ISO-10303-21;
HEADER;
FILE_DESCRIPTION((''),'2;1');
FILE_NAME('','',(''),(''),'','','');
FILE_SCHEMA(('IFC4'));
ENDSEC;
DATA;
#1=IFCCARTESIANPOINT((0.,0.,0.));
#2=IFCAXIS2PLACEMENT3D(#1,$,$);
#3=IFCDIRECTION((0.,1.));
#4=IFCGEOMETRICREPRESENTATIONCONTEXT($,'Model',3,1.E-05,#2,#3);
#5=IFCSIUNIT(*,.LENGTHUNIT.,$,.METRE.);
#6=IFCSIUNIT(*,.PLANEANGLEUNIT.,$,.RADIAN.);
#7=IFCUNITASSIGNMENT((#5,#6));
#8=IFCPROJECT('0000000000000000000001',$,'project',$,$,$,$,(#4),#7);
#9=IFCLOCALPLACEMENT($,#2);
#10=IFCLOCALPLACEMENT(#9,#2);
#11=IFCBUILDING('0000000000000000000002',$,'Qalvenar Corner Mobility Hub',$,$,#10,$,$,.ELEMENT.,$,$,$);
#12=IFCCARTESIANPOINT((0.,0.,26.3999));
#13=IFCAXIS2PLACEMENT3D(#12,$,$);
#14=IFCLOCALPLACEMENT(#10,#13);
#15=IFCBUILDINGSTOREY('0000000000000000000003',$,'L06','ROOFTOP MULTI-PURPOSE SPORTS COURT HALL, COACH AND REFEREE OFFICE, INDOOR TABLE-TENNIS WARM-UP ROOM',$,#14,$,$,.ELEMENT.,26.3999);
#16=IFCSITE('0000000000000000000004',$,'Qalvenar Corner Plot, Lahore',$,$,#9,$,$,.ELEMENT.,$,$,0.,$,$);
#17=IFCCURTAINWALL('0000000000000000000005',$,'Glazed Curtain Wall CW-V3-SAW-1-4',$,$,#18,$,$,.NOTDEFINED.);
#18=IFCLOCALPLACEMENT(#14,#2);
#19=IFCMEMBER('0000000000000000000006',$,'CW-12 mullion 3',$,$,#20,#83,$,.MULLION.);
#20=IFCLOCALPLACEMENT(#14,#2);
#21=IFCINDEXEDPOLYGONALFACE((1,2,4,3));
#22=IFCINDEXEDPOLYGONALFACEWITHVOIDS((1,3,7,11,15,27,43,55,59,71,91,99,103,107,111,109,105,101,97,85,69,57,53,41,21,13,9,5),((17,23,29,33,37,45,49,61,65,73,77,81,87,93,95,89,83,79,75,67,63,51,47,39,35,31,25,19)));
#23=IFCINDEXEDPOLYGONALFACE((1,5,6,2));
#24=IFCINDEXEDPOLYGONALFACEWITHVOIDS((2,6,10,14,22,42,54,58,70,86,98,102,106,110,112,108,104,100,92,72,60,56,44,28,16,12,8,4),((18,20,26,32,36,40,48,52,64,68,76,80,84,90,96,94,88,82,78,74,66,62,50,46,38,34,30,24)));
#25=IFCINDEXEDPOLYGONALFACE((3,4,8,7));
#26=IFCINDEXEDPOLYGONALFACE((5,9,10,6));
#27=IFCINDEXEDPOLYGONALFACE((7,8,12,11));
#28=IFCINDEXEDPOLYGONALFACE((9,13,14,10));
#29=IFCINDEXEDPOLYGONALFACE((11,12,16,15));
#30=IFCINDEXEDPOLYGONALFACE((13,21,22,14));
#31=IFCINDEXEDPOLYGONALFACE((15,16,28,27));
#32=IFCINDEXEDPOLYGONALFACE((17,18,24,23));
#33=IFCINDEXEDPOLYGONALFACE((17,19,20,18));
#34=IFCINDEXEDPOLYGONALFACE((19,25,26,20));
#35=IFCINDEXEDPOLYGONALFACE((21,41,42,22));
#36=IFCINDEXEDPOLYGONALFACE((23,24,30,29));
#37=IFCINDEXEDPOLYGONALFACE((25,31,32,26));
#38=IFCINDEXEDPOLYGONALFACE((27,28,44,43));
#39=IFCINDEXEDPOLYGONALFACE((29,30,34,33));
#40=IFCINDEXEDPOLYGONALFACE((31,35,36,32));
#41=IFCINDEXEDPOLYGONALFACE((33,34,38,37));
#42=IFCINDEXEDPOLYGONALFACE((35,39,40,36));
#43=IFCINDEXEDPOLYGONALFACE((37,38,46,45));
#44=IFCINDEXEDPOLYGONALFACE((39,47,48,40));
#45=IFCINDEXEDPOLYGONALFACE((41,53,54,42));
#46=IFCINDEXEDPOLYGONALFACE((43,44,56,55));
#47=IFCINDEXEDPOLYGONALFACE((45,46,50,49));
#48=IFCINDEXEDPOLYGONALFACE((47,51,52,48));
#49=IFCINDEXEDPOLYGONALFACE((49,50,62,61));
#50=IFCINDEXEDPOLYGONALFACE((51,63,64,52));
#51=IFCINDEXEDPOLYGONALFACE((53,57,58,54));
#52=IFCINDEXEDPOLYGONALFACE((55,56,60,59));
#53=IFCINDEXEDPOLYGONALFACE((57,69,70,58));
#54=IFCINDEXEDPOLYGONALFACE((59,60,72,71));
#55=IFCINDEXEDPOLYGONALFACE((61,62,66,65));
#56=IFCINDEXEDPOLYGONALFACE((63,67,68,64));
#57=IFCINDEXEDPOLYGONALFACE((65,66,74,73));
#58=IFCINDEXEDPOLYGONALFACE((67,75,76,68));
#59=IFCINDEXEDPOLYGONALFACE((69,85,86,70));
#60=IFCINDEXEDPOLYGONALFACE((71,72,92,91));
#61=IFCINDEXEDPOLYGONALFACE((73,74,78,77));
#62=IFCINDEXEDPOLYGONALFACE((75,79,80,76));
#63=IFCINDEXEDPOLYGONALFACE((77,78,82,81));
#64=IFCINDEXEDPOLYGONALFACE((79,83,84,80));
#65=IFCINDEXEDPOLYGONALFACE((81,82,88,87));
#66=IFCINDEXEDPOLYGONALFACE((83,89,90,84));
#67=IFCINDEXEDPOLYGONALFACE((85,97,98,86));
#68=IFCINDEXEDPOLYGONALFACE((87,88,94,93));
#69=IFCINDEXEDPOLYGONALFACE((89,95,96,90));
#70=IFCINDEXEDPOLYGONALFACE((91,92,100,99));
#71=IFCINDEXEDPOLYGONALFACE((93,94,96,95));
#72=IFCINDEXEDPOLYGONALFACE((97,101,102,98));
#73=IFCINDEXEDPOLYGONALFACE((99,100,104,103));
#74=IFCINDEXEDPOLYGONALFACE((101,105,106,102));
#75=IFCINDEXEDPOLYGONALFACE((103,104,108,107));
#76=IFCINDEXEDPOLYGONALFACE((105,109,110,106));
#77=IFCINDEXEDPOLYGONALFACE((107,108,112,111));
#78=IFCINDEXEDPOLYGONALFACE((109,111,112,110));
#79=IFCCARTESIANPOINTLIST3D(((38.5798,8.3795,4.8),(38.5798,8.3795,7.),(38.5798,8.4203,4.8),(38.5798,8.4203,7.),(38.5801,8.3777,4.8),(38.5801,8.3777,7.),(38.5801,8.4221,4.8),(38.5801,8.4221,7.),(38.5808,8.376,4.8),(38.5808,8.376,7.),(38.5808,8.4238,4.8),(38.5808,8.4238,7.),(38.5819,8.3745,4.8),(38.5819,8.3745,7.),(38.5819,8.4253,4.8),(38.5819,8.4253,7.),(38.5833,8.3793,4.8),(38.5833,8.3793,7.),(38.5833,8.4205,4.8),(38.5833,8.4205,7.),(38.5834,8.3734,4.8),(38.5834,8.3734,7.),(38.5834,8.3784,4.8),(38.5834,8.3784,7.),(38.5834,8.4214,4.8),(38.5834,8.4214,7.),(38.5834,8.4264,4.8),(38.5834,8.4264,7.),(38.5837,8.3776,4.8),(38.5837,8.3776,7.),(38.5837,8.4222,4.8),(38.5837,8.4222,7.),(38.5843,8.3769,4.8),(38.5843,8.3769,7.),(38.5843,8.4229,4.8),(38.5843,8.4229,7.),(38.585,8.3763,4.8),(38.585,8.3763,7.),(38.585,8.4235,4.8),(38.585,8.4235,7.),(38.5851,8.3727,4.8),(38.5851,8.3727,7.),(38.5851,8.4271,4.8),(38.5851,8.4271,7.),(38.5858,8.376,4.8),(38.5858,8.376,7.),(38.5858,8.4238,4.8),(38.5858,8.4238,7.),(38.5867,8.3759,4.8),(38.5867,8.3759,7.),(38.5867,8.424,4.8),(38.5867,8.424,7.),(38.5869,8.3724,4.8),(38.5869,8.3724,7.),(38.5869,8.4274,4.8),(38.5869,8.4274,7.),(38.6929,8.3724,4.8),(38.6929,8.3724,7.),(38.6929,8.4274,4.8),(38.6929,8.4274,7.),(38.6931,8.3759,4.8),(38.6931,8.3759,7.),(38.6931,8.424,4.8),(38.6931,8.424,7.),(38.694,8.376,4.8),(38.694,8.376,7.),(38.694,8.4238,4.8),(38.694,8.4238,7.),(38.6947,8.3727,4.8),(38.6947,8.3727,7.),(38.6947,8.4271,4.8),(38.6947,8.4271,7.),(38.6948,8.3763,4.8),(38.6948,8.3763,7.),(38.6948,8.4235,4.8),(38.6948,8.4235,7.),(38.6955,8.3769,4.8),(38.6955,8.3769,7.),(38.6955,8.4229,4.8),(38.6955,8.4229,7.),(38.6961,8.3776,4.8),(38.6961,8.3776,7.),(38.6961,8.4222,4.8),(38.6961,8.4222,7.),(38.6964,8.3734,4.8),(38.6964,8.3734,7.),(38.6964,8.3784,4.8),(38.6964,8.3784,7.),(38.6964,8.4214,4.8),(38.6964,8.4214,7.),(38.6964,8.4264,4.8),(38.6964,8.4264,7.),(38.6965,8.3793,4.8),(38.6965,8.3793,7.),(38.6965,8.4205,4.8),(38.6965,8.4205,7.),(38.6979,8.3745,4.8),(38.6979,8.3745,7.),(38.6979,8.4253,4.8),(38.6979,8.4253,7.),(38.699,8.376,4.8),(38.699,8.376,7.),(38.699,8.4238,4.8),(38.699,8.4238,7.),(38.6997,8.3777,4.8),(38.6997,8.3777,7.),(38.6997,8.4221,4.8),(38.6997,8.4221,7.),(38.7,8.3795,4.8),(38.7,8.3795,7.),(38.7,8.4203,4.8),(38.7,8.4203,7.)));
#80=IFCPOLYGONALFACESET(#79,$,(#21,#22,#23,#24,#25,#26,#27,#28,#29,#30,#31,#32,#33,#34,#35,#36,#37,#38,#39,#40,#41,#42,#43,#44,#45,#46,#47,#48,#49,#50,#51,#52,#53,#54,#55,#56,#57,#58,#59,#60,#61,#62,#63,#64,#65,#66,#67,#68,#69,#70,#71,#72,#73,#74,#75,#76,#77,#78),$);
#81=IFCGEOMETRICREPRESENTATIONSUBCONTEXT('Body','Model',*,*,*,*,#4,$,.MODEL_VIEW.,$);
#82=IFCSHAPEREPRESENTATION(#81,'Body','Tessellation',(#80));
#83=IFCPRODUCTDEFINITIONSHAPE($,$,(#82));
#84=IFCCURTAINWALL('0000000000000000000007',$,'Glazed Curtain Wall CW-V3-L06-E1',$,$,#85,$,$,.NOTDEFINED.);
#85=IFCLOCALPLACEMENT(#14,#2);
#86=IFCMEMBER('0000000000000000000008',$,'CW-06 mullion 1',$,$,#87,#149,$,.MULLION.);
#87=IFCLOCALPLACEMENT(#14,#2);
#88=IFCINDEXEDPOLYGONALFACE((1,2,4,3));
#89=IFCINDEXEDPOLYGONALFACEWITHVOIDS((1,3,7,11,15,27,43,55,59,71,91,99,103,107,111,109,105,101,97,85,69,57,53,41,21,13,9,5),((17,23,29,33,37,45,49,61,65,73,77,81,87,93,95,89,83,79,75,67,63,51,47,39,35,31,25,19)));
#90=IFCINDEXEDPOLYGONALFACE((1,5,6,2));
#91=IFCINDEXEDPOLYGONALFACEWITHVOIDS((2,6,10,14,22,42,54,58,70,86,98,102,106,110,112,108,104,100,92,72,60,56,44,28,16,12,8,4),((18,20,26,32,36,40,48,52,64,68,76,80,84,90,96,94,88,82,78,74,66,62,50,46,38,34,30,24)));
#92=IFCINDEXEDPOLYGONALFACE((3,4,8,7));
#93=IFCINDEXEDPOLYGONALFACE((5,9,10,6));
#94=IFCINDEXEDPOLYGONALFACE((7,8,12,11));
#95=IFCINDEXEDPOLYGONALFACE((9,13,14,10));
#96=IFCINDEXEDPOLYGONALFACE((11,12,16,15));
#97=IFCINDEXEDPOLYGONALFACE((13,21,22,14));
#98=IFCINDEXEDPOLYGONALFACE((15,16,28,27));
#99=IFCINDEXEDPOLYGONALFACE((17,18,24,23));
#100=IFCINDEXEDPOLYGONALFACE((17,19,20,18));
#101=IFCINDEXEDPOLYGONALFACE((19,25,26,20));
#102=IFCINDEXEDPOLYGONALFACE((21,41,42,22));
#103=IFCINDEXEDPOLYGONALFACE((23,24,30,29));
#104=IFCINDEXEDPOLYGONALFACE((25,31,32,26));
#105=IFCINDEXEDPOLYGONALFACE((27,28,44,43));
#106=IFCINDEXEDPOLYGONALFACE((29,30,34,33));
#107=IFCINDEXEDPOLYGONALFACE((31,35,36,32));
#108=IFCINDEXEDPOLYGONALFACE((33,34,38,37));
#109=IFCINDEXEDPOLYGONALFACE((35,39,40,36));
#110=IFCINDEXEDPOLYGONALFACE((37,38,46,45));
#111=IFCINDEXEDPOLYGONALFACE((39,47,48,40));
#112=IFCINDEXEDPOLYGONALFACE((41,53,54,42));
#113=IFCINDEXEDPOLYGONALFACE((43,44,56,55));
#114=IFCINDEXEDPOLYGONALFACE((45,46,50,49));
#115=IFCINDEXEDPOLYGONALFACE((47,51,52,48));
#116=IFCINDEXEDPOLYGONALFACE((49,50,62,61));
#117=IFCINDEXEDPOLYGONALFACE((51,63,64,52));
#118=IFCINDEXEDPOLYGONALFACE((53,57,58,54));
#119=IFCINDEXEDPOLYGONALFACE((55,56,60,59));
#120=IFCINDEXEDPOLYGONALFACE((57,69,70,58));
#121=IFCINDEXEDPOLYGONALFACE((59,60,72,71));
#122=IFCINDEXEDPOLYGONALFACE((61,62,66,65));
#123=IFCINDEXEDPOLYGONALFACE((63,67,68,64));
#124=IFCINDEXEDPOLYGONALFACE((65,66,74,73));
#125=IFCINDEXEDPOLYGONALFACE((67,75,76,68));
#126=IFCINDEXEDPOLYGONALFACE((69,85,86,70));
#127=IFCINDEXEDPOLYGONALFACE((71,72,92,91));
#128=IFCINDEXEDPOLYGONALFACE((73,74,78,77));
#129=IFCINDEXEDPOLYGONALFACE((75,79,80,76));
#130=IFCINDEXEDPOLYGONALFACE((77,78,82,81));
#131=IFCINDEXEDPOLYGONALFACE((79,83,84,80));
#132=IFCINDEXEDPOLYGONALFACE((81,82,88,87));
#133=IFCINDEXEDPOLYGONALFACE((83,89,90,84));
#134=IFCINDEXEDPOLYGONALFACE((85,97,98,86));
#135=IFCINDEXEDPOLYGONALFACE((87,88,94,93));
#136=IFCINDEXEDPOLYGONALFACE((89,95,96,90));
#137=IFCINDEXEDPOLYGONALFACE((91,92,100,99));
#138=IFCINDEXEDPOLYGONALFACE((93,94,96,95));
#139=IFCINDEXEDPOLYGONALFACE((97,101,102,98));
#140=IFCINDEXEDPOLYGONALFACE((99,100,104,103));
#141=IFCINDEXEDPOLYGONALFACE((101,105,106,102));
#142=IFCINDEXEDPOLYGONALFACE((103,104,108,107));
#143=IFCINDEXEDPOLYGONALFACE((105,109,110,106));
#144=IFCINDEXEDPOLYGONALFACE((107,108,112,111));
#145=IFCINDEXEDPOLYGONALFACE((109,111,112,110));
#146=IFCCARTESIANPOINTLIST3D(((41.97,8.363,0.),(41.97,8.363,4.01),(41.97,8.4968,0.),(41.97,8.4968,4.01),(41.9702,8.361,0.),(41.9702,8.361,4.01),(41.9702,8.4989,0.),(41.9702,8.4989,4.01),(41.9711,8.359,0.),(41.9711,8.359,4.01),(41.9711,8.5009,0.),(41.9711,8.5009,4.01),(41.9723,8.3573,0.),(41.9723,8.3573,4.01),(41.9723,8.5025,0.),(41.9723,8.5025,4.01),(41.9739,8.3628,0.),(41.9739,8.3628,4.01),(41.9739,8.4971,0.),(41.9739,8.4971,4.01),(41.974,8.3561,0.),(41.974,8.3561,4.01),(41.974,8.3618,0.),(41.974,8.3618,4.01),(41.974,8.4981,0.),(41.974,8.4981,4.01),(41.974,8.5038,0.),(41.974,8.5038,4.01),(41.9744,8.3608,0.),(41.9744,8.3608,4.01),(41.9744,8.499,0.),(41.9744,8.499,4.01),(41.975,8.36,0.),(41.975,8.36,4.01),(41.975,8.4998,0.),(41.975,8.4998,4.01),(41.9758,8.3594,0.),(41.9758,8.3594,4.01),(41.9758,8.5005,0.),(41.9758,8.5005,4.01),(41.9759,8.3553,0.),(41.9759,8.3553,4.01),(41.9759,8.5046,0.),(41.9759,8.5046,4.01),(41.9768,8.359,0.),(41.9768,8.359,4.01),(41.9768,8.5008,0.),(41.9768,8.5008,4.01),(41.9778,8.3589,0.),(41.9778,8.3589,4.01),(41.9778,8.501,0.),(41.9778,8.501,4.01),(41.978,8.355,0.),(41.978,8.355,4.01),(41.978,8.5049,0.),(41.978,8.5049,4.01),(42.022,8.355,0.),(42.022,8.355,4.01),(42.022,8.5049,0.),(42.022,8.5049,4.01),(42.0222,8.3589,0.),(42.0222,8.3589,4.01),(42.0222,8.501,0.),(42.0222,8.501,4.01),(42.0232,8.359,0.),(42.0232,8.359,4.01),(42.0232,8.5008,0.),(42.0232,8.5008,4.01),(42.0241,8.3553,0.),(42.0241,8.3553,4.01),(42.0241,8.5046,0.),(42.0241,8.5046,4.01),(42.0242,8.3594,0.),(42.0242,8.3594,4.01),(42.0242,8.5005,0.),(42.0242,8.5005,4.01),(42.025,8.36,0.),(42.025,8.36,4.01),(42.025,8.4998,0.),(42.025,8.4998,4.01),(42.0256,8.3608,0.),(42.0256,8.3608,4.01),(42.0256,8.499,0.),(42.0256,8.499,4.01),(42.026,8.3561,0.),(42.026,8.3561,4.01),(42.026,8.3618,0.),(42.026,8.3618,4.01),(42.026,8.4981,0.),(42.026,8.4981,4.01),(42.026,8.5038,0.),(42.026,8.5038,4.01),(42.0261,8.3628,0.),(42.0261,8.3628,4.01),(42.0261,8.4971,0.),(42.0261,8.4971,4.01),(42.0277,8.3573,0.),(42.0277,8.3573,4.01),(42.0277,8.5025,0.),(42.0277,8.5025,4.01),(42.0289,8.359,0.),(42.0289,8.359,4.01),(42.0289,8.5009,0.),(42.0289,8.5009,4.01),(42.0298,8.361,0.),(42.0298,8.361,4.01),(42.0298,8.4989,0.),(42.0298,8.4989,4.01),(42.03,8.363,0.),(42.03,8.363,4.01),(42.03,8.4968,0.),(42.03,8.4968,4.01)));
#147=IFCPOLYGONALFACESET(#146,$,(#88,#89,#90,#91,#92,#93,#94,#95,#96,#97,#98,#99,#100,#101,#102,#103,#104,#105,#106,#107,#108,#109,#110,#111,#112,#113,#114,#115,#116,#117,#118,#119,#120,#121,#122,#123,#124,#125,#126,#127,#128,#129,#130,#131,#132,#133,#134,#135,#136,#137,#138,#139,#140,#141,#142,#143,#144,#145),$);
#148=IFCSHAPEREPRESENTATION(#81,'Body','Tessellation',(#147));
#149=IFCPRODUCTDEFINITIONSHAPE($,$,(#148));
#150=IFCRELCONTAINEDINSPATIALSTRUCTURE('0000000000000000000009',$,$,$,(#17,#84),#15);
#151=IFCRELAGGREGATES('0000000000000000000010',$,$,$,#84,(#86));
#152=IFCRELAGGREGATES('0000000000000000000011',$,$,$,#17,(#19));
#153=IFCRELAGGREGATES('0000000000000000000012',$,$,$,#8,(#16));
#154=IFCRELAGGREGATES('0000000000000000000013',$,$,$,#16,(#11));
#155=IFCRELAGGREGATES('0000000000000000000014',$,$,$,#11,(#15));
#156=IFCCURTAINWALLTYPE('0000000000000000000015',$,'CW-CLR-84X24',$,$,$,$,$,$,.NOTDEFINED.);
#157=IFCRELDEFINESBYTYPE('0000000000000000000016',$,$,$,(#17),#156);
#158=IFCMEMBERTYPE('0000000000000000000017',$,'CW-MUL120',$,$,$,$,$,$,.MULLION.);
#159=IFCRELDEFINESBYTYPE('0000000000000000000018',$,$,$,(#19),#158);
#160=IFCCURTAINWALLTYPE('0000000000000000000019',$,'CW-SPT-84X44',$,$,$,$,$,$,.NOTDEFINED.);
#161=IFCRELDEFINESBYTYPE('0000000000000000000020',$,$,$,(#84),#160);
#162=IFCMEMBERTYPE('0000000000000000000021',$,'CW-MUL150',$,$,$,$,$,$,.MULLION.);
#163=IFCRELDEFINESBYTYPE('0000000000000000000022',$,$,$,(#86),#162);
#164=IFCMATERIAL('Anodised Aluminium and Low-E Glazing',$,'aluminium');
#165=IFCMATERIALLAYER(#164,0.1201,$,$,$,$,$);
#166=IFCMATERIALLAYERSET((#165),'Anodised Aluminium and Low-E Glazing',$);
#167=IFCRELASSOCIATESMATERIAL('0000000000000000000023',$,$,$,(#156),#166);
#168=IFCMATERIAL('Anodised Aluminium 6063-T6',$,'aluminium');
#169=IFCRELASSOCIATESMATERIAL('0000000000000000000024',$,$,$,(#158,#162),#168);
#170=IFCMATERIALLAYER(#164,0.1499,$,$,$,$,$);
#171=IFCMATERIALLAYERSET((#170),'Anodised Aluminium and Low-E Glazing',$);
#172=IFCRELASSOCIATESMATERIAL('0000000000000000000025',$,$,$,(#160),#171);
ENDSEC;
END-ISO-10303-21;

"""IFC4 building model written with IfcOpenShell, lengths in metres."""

from ifc_helpers import new_model, si_unit, direction, frame, origin, origin_2d, place, context, subcontext, project, spatial, hollow_rectangle, extrude, material, layer, layer_set, material_profile, profile_set, type_object, element, aggregate, save


model = new_model("IFC4")

# Units and contexts
model_context = context("Model", 3, precision=1e-05, world=origin(), true_north=direction((0.0, 1.0)))
body_context = subcontext(model_context, "Body", "Model", "MODEL_VIEW")
ifc_project = project(units=[si_unit("LENGTHUNIT", "METRE"), si_unit("PLANEANGLEUNIT", "RADIAN")], contexts=[model_context])

# Site, building, storey
site_placement = place(None, origin())
site = spatial("IfcSite", under=ifc_project, at=site_placement, Name="Qalvenar Corner Plot, Lahore", CompositionType="ELEMENT", RefElevation=0.0)
building_placement = place(site_placement, origin())
building = spatial("IfcBuilding", under=site, at=building_placement, Name="Qalvenar Corner Mobility Hub", CompositionType="ELEMENT")
storey_placement = place(building_placement, frame((0.0, 0.0, 26.3999)))
storey = spatial("IfcBuildingStorey", under=building, at=storey_placement, Name="L06", Description="ROOFTOP MULTI-PURPOSE SPORTS COURT HALL, COACH AND REFEREE OFFICE, INDOOR TABLE-TENNIS WARM-UP ROOM", CompositionType="ELEMENT", Elevation=26.3999)

# Curtain walls, members
ifc_material_1 = material(Name="Anodised Aluminium and Low-E Glazing", Category="aluminium")
ifc_layer_1 = layer(ifc_material_1, 0.1201)
ifc_layer_set_1 = layer_set([ifc_layer_1], Name="Anodised Aluminium and Low-E Glazing")
curtain_wall_type_1 = type_object("IfcCurtainWallType", Name="CW-CLR-84X24", PredefinedType="NOTDEFINED", material=ifc_layer_set_1)
curtain_wall_1_placement = place(storey_placement, origin())
curtain_wall_1 = element("IfcCurtainWall", 1, at=curtain_wall_1_placement, inside=storey, type_object=curtain_wall_type_1, Name="Glazed Curtain Wall CW-V3-SAW-1-4", PredefinedType="NOTDEFINED")
ifc_material_2 = material(Name="Anodised Aluminium 6063-T6", Category="aluminium")
ifc_material_profile_1 = material_profile(ifc_material_2, hollow_rectangle(XDim=0.0549, YDim=0.1201, WallThickness=0.0034, InnerFilletRadius=0.0034, OuterFilletRadius=0.0071, at=origin_2d()), Name="RHS120x55x3.5")
ifc_profile_set_1 = profile_set([ifc_material_profile_1], Name="Anodised Aluminium 6063-T6")
member_type_1 = type_object("IfcMemberType", Name="CW-MUL120", PredefinedType="MULLION", material=ifc_profile_set_1)
member_1_placement = place(storey_placement, frame((38.6399, 8.3999, 4.8), z_axis=(0.0, 0.0, 1.0), x_axis=(0.0, -1.0, 0.0)))
member_1 = element("IfcMember", 2, at=member_1_placement, type_object=member_type_1, Name="CW-12 mullion 3", PredefinedType="MULLION", context=body_context, shape_type="SweptSolid", body=[
    extrude(hollow_rectangle(XDim=0.0549, YDim=0.1201, WallThickness=0.0034, InnerFilletRadius=0.0034, OuterFilletRadius=0.0071, at=origin_2d()), origin(), (0.0, 0.0, 1.0), 2.2),
])
ifc_layer_2 = layer(ifc_material_1, 0.1499)
ifc_layer_set_2 = layer_set([ifc_layer_2], Name="Anodised Aluminium and Low-E Glazing")
curtain_wall_type_2 = type_object("IfcCurtainWallType", Name="CW-SPT-84X44", PredefinedType="NOTDEFINED", material=ifc_layer_set_2)
curtain_wall_2_placement = place(storey_placement, origin())
curtain_wall_2 = element("IfcCurtainWall", 3, at=curtain_wall_2_placement, inside=storey, type_object=curtain_wall_type_2, Name="Glazed Curtain Wall CW-V3-L06-E1", PredefinedType="NOTDEFINED")
ifc_material_profile_2 = material_profile(ifc_material_2, hollow_rectangle(XDim=0.0601, YDim=0.1499, WallThickness=0.0039, InnerFilletRadius=0.0039, OuterFilletRadius=0.0081, at=origin_2d()), Name="RHS150x60x4")
ifc_profile_set_2 = profile_set([ifc_material_profile_2], Name="Anodised Aluminium 6063-T6")
member_type_2 = type_object("IfcMemberType", Name="CW-MUL150", PredefinedType="MULLION", material=ifc_profile_set_2)
member_2_placement = place(storey_placement, frame((42.0, 8.4299, 0.0), z_axis=(0.0, 0.0, 1.0), x_axis=(-1.0, 0.0, 0.0)))
member_2 = element("IfcMember", 4, at=member_2_placement, type_object=member_type_2, Name="CW-06 mullion 1", PredefinedType="MULLION", context=body_context, shape_type="SweptSolid", body=[
    extrude(hollow_rectangle(XDim=0.0601, YDim=0.1499, WallThickness=0.0039, InnerFilletRadius=0.0039, OuterFilletRadius=0.0081, at=origin_2d()), origin(), (0.0, 0.0, 1.0), 4.01),
])

aggregate(curtain_wall_2, [member_2])
aggregate(curtain_wall_1, [member_1])

save(model, "model.ifc")
